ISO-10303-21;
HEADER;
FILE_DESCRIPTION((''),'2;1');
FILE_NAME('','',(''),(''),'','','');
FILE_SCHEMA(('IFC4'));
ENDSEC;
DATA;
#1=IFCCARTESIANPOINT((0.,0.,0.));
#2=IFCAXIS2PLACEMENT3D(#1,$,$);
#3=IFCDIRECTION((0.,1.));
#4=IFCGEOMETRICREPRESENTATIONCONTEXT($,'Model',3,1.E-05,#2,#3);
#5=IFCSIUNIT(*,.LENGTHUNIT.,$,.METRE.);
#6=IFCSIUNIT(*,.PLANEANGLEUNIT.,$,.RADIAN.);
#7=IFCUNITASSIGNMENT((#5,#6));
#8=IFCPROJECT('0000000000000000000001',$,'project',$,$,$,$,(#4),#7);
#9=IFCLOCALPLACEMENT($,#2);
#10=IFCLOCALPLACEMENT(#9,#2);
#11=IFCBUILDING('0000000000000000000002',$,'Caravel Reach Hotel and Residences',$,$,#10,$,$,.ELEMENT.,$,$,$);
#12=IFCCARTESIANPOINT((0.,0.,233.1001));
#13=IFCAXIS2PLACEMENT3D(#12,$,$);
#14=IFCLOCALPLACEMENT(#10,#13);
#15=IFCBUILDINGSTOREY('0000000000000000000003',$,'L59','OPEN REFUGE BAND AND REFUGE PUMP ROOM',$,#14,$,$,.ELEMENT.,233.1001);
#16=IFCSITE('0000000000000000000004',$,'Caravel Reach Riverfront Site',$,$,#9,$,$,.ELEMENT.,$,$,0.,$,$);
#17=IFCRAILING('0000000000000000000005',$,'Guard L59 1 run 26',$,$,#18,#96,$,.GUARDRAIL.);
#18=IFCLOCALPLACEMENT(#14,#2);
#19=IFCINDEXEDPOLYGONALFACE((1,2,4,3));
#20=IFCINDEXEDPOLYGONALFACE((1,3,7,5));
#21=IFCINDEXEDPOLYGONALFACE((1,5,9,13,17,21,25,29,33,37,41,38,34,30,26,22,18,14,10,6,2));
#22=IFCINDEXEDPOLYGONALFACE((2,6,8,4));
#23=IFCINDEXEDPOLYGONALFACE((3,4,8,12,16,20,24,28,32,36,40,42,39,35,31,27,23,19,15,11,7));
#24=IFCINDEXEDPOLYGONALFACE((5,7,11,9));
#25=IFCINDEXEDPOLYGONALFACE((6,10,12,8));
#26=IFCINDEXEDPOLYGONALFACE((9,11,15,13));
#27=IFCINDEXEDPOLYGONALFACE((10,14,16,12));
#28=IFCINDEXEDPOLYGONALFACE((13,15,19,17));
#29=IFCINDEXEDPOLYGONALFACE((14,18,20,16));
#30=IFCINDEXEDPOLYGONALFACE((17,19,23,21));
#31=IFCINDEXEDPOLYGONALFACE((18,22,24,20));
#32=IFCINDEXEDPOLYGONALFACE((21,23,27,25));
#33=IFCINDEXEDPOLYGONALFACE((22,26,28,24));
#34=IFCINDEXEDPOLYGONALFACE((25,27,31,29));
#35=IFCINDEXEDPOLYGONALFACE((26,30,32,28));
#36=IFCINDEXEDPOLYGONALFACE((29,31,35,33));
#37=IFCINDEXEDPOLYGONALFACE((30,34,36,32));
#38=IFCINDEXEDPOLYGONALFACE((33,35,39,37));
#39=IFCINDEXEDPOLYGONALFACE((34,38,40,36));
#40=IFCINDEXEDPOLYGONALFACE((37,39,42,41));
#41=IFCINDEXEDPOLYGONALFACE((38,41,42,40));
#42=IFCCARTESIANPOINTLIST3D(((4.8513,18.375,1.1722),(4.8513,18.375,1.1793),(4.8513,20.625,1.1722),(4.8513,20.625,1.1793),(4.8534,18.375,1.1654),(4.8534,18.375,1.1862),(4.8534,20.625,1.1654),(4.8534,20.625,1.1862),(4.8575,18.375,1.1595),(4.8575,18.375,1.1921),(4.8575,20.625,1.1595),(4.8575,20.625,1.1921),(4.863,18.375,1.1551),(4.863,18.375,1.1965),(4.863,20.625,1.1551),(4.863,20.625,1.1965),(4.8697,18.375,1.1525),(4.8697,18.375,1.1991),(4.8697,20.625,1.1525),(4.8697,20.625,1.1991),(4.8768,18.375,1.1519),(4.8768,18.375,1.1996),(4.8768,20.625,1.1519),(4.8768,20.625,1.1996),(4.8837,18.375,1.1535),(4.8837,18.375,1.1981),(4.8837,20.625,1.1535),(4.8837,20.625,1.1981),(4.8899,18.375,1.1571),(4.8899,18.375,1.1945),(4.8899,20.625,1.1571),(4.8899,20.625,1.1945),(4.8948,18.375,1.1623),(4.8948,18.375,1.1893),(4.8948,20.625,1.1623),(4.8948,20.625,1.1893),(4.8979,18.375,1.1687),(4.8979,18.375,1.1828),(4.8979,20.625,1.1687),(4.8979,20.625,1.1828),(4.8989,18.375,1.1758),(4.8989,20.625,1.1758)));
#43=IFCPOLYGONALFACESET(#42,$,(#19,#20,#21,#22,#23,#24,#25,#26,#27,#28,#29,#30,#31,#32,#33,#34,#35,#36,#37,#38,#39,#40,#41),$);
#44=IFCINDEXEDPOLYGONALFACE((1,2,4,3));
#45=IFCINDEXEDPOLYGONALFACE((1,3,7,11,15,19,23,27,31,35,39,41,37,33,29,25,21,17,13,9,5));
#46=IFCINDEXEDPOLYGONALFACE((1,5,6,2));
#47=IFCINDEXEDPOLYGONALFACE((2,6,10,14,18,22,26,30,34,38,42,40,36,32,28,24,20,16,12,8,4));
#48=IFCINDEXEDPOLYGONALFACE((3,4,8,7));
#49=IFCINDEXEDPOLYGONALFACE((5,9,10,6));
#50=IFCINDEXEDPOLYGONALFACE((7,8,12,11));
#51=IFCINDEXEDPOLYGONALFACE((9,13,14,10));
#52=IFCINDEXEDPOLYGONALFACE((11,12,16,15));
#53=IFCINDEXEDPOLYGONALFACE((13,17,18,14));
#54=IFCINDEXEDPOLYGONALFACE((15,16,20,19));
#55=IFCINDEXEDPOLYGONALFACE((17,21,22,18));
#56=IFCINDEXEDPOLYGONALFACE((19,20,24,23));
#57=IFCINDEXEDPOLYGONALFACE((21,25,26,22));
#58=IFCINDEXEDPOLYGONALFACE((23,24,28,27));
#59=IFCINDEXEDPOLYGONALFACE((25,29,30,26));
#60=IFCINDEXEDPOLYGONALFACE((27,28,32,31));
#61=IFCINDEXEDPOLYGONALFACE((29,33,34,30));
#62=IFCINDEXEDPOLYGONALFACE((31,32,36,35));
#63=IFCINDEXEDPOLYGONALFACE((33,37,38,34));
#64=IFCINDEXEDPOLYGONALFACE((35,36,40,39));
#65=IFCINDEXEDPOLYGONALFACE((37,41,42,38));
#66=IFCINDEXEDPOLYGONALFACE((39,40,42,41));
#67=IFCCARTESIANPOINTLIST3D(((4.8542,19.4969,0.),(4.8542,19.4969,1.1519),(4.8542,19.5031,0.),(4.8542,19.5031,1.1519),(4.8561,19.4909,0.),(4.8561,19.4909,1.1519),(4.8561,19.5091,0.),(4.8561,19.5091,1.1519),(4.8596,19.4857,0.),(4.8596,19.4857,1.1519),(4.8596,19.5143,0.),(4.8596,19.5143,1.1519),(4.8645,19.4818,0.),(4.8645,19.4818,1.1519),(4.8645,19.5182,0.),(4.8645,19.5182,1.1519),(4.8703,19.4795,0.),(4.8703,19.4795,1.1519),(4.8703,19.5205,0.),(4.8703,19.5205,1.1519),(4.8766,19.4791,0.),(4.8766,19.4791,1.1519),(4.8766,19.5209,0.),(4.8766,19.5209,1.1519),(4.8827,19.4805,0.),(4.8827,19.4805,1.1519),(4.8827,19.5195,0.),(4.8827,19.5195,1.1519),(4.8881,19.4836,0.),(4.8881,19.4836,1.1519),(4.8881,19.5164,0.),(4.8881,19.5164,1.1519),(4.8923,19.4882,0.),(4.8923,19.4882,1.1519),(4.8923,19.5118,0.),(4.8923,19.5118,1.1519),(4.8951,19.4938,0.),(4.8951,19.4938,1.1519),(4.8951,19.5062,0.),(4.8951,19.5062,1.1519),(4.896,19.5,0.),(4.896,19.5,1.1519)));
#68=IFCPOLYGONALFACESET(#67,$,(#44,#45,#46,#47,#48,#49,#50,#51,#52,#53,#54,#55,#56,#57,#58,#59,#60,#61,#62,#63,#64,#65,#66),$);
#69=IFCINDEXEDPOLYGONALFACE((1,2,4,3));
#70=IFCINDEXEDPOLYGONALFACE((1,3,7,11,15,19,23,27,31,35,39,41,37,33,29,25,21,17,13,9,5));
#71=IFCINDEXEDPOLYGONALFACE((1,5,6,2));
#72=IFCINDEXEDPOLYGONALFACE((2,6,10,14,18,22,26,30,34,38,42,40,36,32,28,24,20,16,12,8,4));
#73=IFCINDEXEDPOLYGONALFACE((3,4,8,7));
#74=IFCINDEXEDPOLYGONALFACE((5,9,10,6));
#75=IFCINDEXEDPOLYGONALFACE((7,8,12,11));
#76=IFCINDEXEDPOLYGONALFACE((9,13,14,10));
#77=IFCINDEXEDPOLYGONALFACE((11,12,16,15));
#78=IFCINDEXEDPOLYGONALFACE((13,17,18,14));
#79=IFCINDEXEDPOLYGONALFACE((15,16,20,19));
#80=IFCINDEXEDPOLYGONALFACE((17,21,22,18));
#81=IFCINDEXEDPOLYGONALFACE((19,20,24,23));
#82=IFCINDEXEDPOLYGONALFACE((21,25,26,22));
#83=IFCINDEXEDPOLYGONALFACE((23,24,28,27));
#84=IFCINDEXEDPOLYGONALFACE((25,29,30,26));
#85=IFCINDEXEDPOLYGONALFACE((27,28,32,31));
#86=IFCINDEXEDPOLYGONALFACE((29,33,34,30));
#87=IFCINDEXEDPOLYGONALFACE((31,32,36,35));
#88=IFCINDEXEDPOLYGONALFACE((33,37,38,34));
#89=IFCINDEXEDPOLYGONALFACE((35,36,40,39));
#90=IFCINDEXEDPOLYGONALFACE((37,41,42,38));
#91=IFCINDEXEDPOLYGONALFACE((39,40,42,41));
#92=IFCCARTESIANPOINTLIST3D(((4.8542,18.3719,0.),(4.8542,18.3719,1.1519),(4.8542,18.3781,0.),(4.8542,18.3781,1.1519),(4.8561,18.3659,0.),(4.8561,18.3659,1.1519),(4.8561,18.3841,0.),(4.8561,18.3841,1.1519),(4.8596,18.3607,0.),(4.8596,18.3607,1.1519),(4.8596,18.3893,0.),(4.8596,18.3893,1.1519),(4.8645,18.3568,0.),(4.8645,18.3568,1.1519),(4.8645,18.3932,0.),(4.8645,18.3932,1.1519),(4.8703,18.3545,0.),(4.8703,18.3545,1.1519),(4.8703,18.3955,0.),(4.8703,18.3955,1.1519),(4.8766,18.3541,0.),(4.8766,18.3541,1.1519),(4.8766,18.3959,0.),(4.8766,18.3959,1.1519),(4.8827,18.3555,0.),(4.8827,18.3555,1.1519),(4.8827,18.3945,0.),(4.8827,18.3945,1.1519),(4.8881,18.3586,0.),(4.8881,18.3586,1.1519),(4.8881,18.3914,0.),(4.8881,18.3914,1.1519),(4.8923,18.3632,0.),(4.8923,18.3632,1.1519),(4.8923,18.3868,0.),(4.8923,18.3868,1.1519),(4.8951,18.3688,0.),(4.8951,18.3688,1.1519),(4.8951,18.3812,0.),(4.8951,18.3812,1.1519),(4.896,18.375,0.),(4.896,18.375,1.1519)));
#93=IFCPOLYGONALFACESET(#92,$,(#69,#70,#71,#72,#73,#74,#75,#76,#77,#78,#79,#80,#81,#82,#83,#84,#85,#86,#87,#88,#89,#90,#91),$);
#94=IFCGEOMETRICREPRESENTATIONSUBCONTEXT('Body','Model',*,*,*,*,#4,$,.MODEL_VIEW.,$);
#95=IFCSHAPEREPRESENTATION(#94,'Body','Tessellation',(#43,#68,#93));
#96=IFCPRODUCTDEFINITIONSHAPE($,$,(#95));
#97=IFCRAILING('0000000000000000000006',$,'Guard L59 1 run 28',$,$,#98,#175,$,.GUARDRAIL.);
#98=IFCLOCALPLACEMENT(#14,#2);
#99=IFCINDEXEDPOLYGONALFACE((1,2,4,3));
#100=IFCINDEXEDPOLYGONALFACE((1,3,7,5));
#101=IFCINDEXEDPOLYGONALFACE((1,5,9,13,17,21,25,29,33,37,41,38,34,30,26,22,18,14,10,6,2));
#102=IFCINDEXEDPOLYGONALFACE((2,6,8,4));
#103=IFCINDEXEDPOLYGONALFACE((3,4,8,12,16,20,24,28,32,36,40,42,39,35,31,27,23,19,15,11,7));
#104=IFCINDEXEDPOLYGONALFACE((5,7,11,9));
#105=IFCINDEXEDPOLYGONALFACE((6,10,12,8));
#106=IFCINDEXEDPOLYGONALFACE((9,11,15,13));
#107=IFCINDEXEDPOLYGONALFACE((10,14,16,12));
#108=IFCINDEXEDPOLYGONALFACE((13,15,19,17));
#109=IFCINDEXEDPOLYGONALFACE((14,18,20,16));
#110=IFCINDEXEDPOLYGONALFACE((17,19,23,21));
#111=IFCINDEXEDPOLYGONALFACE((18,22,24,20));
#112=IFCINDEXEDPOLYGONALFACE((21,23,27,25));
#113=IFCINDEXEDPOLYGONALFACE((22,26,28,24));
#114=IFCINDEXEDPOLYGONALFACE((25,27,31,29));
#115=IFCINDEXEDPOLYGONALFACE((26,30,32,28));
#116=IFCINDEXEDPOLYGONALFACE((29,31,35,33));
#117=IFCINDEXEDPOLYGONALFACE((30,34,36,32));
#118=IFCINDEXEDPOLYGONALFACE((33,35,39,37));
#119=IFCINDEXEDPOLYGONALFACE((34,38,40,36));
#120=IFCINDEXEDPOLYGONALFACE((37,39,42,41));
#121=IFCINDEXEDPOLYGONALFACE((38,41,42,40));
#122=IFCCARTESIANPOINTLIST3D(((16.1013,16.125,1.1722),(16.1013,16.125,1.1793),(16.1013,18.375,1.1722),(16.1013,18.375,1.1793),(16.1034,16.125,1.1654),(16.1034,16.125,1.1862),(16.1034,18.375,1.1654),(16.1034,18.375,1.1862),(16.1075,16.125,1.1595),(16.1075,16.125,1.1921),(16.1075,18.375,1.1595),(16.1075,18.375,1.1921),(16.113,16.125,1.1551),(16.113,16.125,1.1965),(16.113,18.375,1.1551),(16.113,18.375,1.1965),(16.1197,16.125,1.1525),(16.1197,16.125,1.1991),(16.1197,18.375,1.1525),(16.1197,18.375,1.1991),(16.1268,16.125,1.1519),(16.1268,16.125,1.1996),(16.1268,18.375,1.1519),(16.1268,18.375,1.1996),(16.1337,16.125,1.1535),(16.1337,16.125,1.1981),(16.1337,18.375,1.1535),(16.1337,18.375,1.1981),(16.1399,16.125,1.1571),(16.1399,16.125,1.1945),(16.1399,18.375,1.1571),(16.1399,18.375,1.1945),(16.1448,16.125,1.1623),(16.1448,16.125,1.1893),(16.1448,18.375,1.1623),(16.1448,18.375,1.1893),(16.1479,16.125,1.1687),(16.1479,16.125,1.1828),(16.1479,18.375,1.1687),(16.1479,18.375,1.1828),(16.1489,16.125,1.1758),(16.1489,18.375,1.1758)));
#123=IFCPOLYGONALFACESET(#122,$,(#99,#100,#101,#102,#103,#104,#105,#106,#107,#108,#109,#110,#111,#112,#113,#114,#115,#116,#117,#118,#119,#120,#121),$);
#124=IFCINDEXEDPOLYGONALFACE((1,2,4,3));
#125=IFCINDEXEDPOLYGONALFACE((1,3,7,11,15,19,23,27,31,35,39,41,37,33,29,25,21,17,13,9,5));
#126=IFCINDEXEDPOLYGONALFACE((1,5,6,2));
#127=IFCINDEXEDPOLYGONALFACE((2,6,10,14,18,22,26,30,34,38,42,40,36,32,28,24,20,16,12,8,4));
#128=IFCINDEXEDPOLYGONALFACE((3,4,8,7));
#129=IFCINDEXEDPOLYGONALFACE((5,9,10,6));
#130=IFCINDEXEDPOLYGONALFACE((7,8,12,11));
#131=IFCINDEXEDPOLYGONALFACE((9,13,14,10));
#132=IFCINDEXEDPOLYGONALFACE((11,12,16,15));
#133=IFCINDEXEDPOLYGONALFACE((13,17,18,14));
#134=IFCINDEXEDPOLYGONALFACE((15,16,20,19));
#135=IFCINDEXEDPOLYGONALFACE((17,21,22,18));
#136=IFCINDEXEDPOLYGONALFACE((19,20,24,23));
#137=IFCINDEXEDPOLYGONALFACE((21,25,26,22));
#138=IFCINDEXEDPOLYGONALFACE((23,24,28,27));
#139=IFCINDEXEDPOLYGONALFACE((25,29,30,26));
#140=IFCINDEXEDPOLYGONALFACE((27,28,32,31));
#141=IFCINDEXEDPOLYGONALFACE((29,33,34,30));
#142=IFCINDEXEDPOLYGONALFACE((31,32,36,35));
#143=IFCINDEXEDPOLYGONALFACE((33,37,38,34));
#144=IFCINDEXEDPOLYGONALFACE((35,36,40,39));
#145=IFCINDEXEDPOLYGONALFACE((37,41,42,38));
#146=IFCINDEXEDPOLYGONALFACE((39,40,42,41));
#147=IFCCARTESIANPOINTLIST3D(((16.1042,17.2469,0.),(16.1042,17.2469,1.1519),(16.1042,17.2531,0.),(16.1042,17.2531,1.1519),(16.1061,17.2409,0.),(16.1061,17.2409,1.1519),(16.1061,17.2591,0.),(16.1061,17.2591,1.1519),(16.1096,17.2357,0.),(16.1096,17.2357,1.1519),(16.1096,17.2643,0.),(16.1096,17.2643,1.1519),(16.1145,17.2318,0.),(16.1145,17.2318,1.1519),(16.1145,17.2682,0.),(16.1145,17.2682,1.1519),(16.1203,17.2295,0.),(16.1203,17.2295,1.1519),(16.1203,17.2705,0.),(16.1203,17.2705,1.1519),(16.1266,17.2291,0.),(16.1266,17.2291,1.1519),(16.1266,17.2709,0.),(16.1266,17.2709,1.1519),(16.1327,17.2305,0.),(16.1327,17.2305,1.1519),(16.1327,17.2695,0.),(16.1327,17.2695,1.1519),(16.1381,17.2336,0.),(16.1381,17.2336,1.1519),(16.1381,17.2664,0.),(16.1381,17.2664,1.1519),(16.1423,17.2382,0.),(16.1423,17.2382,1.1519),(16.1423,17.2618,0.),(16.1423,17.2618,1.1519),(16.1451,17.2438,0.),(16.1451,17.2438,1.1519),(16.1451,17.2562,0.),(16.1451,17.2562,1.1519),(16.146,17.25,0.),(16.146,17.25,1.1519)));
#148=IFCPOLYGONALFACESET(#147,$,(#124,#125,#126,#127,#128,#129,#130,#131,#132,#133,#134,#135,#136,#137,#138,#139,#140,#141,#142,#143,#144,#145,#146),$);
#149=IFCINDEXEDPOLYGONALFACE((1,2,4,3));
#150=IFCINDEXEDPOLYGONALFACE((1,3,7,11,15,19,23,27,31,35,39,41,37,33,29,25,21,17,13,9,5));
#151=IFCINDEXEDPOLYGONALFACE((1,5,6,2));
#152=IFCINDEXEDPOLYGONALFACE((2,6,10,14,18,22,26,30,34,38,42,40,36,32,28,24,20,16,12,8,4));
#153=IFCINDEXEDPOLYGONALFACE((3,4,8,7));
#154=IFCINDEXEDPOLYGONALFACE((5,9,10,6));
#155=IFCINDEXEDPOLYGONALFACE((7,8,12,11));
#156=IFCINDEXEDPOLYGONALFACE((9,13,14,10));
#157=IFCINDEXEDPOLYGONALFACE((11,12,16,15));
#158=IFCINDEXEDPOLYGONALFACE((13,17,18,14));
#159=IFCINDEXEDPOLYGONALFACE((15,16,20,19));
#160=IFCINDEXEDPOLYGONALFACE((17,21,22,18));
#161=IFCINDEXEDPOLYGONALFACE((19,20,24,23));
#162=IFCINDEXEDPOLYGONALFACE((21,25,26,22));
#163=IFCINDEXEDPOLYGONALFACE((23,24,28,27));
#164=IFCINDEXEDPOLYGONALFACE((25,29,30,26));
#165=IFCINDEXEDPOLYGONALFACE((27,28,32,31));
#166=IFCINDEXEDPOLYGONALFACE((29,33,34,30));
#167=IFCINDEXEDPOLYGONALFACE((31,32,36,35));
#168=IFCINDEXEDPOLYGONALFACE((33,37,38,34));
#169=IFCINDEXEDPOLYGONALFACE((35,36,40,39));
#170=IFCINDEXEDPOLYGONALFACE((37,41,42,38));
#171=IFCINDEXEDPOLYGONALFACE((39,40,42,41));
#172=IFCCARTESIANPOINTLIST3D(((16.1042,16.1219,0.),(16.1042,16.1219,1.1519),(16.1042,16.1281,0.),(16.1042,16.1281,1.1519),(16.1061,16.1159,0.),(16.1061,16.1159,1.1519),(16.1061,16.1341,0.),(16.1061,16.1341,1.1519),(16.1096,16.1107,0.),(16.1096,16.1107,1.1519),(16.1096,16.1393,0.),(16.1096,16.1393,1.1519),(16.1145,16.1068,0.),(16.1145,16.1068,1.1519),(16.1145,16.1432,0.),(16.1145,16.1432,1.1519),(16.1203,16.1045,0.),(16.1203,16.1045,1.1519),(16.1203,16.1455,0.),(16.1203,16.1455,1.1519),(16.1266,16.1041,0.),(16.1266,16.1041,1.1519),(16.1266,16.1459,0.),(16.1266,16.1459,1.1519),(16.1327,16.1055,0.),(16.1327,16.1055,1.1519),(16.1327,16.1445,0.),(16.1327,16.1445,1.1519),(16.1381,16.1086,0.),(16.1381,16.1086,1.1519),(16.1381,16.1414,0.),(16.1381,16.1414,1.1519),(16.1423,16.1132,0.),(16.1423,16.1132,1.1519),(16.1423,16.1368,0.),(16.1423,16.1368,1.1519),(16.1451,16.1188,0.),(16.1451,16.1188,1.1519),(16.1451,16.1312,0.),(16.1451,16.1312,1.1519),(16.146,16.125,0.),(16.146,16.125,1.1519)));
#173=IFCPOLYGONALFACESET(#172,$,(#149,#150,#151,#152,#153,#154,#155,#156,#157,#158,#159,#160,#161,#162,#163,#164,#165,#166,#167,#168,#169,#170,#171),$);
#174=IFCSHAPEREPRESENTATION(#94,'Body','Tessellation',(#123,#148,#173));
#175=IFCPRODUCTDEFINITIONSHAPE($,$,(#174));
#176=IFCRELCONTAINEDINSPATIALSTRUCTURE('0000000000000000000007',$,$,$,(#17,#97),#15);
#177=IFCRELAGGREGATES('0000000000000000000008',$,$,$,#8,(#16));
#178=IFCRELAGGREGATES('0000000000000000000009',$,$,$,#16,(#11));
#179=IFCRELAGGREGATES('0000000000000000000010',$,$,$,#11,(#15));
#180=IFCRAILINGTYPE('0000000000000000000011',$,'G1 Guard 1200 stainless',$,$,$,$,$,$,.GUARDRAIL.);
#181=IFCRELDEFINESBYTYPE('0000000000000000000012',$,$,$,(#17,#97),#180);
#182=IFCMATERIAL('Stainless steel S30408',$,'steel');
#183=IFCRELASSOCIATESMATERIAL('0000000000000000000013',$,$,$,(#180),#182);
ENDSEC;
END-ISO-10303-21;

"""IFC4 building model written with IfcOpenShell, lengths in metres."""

from ifc_helpers import new_model, si_unit, direction, frame, origin, origin_2d, place, context, subcontext, project, spatial, circle, extrude, material, type_object, element, save


model = new_model("IFC4")

# Units and contexts
model_context = context("Model", 3, precision=1e-05, world=origin(), true_north=direction((0.0, 1.0)))
body_context = subcontext(model_context, "Body", "Model", "MODEL_VIEW")
ifc_project = project(units=[si_unit("LENGTHUNIT", "METRE"), si_unit("PLANEANGLEUNIT", "RADIAN")], contexts=[model_context])

# Site, building, storey
site_placement = place(None, origin())
site = spatial("IfcSite", under=ifc_project, at=site_placement, Name="Caravel Reach Riverfront Site", CompositionType="ELEMENT", RefElevation=0.0)
building_placement = place(site_placement, origin())
building = spatial("IfcBuilding", under=site, at=building_placement, Name="Caravel Reach Hotel and Residences", CompositionType="ELEMENT")
storey_placement = place(building_placement, frame((0.0, 0.0, 233.1001)))
storey = spatial("IfcBuildingStorey", under=building, at=storey_placement, Name="L59", Description="OPEN REFUGE BAND AND REFUGE PUMP ROOM", CompositionType="ELEMENT", Elevation=233.1001)

# Railings
ifc_material_1 = material(Name="Stainless steel S30408", Category="steel")
railing_type = type_object("IfcRailingType", Name="G1 Guard 1200 stainless", PredefinedType="GUARDRAIL", material=ifc_material_1)
railing_1_placement = place(storey_placement, frame((4.875, 20.625, 0.0)))
element("IfcRailing", 1, at=railing_1_placement, inside=storey, type_object=railing_type, Name="Guard L59 1 run 26", PredefinedType="GUARDRAIL", context=body_context, shape_type="SweptSolid", body=[
    extrude(circle(Radius=0.0239, at=origin_2d()), frame((0.0, 0.0, 1.1758), z_axis=(0.0, -1.0, 0.0), x_axis=(1.0, 0.0, 0.0)), (0.0, 0.0, 1.0), 2.25),
    extrude(circle(Radius=0.021, at=origin_2d()), frame((0.0, -1.125, 0.0)), (0.0, 0.0, 1.0), 1.1519),
    extrude(circle(Radius=0.021, at=origin_2d()), frame((0.0, -2.25, 0.0)), (0.0, 0.0, 1.0), 1.1519),
])
railing_2_placement = place(storey_placement, frame((16.125, 18.375, 0.0)))
element("IfcRailing", 2, at=railing_2_placement, inside=storey, type_object=railing_type, Name="Guard L59 1 run 28", PredefinedType="GUARDRAIL", context=body_context, shape_type="SweptSolid", body=[
    extrude(circle(Radius=0.0239, at=origin_2d()), frame((0.0, 0.0, 1.1758), z_axis=(0.0, -1.0, 0.0), x_axis=(1.0, 0.0, 0.0)), (0.0, 0.0, 1.0), 2.25),
    extrude(circle(Radius=0.021, at=origin_2d()), frame((0.0, -1.125, 0.0)), (0.0, 0.0, 1.0), 1.1519),
    extrude(circle(Radius=0.021, at=origin_2d()), frame((0.0, -2.25, 0.0)), (0.0, 0.0, 1.0), 1.1519),
])

save(model, "model.ifc")
